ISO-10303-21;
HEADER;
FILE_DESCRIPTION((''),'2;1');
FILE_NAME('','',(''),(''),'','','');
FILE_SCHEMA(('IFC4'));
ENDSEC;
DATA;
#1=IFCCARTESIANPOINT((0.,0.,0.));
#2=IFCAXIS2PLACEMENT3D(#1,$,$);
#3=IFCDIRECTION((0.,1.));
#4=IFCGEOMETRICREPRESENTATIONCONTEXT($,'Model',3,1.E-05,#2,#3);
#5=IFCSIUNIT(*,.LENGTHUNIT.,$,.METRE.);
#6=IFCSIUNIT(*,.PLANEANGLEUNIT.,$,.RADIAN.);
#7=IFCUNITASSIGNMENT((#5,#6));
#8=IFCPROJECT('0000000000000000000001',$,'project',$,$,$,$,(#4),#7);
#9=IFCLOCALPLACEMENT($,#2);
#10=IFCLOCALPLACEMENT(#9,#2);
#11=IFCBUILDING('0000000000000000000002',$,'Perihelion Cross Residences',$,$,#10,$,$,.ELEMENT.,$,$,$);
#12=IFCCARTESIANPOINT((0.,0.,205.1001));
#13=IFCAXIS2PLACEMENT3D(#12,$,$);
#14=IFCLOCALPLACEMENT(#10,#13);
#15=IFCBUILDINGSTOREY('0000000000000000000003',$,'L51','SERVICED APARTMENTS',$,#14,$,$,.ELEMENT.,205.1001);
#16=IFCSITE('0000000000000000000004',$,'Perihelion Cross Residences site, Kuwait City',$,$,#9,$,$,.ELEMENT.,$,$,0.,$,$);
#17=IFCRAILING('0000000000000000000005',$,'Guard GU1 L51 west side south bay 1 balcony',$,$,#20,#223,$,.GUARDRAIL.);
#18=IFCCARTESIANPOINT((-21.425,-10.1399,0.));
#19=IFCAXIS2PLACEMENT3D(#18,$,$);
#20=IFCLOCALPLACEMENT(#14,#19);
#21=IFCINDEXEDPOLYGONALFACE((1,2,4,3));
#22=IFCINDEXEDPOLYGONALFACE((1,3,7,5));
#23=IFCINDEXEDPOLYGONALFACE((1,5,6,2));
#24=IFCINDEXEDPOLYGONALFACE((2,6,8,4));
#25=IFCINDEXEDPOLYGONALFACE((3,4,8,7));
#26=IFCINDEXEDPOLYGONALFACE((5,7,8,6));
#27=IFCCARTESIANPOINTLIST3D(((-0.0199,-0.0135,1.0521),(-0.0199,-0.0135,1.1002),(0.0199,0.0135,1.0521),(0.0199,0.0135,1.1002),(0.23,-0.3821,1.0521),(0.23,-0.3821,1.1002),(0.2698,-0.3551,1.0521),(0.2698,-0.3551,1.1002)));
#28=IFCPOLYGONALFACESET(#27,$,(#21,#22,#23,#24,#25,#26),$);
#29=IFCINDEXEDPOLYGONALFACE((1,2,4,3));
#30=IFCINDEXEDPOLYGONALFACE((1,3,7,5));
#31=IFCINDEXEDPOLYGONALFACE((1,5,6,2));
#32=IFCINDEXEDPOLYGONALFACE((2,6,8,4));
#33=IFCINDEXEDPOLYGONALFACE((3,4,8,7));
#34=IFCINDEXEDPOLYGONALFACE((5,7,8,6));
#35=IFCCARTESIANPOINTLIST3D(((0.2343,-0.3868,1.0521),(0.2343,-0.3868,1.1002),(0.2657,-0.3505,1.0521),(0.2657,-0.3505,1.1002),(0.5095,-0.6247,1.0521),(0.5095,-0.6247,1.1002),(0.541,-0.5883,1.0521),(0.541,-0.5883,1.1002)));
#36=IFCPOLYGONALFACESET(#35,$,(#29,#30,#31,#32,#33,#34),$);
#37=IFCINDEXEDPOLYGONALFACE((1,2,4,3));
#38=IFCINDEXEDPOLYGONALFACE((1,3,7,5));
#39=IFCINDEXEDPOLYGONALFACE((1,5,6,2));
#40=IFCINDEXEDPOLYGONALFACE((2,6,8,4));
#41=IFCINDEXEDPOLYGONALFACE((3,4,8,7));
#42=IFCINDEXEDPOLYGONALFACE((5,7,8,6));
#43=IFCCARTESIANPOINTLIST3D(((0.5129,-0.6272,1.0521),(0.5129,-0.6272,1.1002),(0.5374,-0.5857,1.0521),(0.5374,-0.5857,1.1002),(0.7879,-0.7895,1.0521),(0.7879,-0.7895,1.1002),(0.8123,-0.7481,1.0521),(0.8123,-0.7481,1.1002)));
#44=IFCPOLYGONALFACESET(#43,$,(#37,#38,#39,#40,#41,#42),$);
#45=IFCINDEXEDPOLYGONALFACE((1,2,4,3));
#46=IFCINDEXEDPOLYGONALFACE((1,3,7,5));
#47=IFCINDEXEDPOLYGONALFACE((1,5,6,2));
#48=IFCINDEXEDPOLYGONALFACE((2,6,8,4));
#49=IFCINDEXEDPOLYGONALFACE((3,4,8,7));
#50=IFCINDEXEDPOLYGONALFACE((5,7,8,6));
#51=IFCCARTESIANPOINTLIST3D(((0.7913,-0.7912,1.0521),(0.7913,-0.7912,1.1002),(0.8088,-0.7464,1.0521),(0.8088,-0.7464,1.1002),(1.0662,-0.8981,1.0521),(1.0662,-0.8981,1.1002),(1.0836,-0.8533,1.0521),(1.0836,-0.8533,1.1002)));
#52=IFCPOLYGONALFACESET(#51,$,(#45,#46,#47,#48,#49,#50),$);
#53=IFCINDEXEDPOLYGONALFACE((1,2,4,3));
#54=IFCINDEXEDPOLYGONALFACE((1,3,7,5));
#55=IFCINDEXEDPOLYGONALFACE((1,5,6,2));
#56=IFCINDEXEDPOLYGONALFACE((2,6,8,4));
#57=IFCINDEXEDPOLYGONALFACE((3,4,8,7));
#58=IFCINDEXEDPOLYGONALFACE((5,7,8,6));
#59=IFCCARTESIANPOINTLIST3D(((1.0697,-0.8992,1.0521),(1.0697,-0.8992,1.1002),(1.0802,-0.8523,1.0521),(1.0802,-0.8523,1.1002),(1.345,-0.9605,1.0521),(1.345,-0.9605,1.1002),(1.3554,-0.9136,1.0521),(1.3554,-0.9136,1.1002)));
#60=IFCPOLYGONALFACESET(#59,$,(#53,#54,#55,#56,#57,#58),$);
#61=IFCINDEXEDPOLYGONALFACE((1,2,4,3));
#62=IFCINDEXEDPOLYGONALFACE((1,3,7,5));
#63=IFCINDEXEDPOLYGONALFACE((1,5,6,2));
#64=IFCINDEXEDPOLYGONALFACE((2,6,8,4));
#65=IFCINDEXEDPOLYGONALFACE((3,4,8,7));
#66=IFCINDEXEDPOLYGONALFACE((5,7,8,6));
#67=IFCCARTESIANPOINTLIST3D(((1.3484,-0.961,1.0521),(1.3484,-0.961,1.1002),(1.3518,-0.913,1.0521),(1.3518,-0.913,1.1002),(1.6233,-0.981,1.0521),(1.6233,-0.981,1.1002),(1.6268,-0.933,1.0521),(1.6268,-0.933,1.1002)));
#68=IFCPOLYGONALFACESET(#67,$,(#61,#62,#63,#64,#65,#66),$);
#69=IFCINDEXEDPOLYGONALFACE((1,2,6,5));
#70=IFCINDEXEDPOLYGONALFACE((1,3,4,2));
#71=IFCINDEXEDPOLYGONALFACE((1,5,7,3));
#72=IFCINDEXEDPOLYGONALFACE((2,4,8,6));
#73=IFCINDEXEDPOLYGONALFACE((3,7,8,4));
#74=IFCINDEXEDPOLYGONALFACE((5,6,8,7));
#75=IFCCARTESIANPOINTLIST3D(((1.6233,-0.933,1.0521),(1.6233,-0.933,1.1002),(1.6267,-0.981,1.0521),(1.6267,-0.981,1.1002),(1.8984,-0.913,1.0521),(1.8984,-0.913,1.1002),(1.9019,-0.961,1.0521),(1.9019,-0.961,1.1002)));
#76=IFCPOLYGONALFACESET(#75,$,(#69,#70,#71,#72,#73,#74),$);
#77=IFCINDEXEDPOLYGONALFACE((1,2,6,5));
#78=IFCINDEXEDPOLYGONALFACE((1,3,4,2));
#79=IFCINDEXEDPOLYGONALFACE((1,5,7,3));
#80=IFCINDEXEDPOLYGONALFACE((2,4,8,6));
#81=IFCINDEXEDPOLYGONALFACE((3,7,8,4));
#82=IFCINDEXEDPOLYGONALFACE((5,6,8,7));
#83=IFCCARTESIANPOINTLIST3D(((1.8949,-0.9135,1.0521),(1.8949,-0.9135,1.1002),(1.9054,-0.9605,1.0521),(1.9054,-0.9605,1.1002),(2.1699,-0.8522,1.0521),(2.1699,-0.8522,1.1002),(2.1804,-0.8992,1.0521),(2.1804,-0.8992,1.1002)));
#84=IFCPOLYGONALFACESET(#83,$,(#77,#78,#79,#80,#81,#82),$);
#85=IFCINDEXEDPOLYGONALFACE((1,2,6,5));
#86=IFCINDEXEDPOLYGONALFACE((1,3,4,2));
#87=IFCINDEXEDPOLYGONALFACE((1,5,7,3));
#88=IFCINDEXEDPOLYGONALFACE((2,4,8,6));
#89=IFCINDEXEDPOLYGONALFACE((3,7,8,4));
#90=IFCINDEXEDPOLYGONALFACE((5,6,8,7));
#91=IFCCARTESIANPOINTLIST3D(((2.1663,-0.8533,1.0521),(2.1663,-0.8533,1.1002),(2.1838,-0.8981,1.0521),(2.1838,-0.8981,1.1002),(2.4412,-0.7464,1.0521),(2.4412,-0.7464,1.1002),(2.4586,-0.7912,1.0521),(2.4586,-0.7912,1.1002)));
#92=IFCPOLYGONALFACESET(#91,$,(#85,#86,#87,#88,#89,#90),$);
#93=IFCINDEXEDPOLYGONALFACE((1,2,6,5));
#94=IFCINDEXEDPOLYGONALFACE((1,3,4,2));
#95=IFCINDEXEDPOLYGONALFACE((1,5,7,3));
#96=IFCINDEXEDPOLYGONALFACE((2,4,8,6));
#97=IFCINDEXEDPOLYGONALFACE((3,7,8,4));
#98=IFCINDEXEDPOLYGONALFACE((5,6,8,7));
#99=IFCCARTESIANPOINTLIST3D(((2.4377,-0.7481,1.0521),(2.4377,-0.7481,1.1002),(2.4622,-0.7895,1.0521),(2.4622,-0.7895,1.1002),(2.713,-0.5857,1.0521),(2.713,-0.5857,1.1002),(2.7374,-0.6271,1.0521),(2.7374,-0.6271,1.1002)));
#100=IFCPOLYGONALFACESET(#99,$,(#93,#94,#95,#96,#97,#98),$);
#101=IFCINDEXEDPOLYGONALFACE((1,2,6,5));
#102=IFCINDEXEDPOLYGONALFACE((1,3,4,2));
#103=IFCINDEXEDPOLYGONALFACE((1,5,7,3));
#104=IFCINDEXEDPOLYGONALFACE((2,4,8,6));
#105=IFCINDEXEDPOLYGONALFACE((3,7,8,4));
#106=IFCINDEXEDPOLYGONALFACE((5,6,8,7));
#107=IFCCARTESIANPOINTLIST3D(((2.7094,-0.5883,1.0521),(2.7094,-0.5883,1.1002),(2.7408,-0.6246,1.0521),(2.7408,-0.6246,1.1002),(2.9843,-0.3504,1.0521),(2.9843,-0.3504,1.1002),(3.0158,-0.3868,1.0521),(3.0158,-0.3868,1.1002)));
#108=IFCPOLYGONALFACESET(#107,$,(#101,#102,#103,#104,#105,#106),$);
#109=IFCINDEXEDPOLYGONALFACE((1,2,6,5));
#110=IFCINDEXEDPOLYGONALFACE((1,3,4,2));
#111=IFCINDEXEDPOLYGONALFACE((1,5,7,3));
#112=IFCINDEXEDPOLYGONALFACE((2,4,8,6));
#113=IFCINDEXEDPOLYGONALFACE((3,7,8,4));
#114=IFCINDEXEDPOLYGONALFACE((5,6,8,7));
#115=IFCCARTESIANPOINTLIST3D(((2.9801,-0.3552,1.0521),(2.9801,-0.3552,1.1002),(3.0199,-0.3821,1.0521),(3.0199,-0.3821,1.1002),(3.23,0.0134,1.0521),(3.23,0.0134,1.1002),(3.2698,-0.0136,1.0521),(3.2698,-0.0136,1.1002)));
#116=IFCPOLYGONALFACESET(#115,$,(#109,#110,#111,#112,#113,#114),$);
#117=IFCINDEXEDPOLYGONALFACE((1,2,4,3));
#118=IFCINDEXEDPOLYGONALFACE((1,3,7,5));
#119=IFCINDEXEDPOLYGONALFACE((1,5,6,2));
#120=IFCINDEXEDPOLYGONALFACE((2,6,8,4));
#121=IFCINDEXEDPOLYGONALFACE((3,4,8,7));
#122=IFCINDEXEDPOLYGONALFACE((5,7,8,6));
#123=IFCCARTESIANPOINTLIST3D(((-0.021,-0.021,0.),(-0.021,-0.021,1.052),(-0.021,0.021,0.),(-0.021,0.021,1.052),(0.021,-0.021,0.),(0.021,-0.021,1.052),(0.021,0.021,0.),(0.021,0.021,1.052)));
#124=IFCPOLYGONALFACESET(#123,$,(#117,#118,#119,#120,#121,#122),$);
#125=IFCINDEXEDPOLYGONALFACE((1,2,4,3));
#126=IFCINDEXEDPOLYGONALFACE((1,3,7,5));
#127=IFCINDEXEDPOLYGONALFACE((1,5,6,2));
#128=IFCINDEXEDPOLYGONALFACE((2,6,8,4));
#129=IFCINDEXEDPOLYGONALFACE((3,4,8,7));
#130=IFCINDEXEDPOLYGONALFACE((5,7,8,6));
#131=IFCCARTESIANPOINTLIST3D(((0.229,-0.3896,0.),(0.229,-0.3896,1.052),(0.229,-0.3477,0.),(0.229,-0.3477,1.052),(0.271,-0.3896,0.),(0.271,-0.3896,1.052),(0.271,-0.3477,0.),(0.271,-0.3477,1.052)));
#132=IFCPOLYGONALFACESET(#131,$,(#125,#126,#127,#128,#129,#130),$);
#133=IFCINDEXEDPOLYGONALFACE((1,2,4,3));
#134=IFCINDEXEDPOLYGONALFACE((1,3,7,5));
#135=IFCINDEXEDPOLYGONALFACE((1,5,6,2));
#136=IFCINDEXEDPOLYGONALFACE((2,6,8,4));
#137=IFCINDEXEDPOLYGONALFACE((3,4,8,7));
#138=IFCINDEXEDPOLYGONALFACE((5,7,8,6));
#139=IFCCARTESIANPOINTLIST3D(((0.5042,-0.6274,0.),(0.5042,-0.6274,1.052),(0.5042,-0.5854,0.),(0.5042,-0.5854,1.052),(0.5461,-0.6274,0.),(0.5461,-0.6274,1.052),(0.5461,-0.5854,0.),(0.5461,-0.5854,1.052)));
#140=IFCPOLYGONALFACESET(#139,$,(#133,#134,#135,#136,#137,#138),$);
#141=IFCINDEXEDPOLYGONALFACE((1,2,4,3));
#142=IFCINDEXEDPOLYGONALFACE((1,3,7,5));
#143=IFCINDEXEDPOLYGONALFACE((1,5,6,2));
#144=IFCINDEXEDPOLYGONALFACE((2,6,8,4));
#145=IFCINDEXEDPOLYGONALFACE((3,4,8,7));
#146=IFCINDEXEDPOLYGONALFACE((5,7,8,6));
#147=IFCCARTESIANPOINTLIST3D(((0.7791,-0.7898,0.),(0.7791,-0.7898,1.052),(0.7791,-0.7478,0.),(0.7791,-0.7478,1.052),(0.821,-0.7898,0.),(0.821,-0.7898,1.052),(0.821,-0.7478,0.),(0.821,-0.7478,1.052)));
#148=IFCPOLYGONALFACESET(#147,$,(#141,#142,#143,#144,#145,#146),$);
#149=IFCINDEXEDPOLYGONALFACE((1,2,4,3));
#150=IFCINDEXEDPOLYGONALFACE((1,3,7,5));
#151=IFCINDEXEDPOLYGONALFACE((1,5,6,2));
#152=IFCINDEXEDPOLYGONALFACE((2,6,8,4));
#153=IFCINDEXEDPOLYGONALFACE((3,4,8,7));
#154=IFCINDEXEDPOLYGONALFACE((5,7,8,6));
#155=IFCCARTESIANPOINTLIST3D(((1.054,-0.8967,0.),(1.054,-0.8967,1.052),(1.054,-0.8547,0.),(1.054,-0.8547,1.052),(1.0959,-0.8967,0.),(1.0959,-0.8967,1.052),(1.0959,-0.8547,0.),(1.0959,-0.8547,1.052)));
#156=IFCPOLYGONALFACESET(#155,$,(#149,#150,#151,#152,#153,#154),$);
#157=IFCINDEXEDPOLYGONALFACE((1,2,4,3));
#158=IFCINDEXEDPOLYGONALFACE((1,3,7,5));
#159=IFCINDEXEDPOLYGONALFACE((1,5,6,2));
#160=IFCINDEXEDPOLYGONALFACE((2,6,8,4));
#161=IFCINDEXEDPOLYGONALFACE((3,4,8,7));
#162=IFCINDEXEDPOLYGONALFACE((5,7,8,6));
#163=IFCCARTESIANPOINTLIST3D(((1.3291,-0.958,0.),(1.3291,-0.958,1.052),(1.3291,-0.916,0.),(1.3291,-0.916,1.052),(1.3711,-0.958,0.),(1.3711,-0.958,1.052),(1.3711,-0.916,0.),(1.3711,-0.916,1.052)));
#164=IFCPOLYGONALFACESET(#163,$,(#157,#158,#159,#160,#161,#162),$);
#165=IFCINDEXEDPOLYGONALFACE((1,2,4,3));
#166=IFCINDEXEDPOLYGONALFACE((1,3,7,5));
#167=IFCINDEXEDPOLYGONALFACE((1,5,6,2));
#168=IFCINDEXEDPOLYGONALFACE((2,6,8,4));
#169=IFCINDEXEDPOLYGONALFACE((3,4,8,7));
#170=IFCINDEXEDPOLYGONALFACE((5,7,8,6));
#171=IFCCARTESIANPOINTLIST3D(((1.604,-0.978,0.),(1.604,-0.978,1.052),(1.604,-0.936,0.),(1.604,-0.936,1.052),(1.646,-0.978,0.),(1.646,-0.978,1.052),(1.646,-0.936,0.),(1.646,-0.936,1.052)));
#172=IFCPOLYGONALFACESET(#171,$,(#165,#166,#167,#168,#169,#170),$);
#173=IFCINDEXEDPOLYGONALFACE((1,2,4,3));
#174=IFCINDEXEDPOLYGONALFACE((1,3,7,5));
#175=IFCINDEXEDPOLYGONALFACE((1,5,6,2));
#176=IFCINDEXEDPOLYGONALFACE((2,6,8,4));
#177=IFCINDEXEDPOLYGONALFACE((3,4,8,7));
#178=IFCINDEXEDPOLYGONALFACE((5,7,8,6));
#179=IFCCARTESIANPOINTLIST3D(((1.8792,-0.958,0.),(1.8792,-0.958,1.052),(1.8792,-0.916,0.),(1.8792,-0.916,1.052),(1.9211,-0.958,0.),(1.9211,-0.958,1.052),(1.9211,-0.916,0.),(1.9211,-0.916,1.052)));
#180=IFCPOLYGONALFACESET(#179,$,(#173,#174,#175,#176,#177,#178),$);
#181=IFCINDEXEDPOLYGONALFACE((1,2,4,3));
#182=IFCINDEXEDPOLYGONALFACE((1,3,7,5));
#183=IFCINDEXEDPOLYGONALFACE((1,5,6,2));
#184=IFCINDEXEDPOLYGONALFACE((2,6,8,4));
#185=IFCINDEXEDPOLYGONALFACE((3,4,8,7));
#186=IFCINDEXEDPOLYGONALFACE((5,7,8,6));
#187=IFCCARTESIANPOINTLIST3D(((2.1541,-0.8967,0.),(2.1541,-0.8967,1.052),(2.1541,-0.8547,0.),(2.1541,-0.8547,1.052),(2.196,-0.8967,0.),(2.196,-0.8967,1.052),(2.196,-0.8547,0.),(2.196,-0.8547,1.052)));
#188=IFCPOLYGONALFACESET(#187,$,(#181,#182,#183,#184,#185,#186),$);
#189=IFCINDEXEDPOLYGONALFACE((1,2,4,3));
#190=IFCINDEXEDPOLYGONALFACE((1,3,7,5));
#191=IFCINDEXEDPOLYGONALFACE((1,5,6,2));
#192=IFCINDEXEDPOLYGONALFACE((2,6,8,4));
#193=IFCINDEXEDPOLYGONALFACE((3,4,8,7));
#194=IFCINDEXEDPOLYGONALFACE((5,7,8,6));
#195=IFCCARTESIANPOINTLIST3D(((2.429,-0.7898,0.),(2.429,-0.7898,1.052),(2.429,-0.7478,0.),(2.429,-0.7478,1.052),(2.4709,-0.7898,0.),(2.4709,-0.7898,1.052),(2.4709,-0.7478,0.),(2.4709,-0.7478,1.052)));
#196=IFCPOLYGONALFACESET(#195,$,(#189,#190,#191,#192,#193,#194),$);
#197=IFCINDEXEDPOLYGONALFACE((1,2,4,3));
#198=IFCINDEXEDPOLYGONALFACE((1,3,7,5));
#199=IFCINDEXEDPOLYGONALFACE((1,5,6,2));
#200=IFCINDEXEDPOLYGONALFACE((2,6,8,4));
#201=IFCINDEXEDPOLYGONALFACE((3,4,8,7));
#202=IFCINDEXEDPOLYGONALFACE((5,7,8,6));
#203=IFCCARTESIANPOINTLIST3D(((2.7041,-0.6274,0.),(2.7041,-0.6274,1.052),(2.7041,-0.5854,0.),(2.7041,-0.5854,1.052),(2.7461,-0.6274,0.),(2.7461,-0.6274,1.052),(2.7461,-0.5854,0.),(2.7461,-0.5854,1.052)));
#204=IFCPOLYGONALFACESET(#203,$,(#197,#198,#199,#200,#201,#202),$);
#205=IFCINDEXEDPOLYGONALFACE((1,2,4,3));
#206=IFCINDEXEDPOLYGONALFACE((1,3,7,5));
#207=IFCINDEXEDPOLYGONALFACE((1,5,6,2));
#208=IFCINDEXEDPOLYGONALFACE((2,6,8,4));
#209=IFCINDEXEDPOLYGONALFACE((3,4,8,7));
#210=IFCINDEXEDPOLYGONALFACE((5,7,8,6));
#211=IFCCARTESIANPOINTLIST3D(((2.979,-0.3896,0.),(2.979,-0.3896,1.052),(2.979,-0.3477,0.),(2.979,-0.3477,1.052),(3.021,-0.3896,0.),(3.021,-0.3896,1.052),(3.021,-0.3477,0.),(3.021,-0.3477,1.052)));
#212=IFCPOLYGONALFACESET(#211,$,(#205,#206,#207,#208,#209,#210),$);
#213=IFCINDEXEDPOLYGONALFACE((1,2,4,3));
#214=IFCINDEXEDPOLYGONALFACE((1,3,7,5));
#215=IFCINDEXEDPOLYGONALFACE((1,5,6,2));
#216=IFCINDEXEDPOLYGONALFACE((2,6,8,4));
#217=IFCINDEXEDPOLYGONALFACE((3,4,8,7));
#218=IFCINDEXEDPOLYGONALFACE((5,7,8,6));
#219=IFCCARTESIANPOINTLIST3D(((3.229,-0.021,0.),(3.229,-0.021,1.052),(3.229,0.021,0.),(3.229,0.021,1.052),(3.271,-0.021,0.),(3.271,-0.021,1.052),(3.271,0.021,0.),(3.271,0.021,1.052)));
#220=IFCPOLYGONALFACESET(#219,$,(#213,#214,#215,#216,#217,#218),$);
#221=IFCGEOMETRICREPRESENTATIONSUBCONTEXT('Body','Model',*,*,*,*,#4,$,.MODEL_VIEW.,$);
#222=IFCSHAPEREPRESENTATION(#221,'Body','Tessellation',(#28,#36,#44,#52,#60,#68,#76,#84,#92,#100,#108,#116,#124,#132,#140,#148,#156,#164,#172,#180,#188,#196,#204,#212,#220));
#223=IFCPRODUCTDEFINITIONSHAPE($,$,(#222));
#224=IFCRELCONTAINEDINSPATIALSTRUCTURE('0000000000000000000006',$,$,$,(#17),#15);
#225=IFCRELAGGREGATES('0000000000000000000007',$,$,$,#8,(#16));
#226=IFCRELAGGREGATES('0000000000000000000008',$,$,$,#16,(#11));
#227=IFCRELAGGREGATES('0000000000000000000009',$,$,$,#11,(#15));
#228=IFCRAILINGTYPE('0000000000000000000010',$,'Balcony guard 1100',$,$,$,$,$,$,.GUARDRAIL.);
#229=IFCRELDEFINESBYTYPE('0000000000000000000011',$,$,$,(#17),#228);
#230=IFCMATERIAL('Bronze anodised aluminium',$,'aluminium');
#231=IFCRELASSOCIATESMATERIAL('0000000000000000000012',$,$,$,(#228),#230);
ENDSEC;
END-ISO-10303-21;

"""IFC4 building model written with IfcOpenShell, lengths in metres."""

from ifc_helpers import new_model, si_unit, direction, frame, origin, origin_2d, place, context, subcontext, project, spatial, rectangle, extrude, material, type_object, element, save


model = new_model("IFC4")

# Units and contexts
model_context = context("Model", 3, precision=1e-05, world=origin(), true_north=direction((0.0, 1.0)))
body_context = subcontext(model_context, "Body", "Model", "MODEL_VIEW")
ifc_project = project(units=[si_unit("LENGTHUNIT", "METRE"), si_unit("PLANEANGLEUNIT", "RADIAN")], contexts=[model_context])

# Site, building, storey
site_placement = place(None, origin())
site = spatial("IfcSite", under=ifc_project, at=site_placement, Name="Perihelion Cross Residences site, Kuwait City", CompositionType="ELEMENT", RefElevation=0.0)
building_placement = place(site_placement, origin())
building = spatial("IfcBuilding", under=site, at=building_placement, Name="Perihelion Cross Residences", CompositionType="ELEMENT")
storey_placement = place(building_placement, frame((0.0, 0.0, 205.1001)))
storey = spatial("IfcBuildingStorey", under=building, at=storey_placement, Name="L51", Description="SERVICED APARTMENTS", CompositionType="ELEMENT", Elevation=205.1001)

# Railing
ifc_material_1 = material(Name="Bronze anodised aluminium", Category="aluminium")
railing_type_1 = type_object("IfcRailingType", Name="Balcony guard 1100", PredefinedType="GUARDRAIL", material=ifc_material_1)
railing_1_placement = place(storey_placement, frame((-21.425, -10.1399, 0.0)))
element("IfcRailing", 1, at=railing_1_placement, inside=storey, type_object=railing_type_1, Name="Guard GU1 L51 west side south bay 1 balcony", PredefinedType="GUARDRAIL", context=body_context, shape_type="SweptSolid", body=[
    extrude(rectangle(XDim=0.0481, YDim=0.0481, at=origin_2d()), frame((0.0, 0.0, 1.0762), z_axis=(0.56126, -0.827639, 0.0), x_axis=(0.827639, 0.56126, 0.0)), (0.0, 0.0, 1.0), 0.4453),
    extrude(rectangle(XDim=0.0481, YDim=0.0481, at=origin_2d()), frame((0.25, -0.3687, 1.0762), z_axis=(0.756597, -0.653882, 0.0), x_axis=(0.653882, 0.756597, 0.0)), (0.0, 0.0, 1.0), 0.3638),
    extrude(rectangle(XDim=0.0481, YDim=0.0481, at=origin_2d()), frame((0.5251, -0.6064, 1.0762), z_axis=(0.861048, -0.508523, 0.0), x_axis=(0.508523, 0.861048, 0.0)), (0.0, 0.0, 1.0), 0.3193),
    extrude(rectangle(XDim=0.0481, YDim=0.0481, at=origin_2d()), frame((0.8, -0.7688, 1.0762), z_axis=(0.931974, -0.362526, 0.0), x_axis=(0.362526, 0.931974, 0.0)), (0.0, 0.0, 1.0), 0.2949),
    extrude(rectangle(XDim=0.0481, YDim=0.0481, at=origin_2d()), frame((1.075, -0.8757, 1.0762), z_axis=(0.976085, -0.217389, 0.0), x_axis=(0.217389, 0.976085, 0.0)), (0.0, 0.0, 1.0), 0.282),
    extrude(rectangle(XDim=0.0481, YDim=0.0481, at=origin_2d()), frame((1.3501, -0.937, 1.0762), z_axis=(0.997359, -0.072632, 0.0), x_axis=(0.072632, 0.997359, 0.0)), (0.0, 0.0, 1.0), 0.2756),
    extrude(rectangle(XDim=0.0481, YDim=0.0481, at=origin_2d()), frame((1.625, -0.957, 1.0762), z_axis=(0.997363, 0.072568, 0.0), x_axis=(-0.072568, 0.997363, 0.0)), (0.0, 0.0, 1.0), 0.2759),
    extrude(rectangle(XDim=0.0481, YDim=0.0481, at=origin_2d()), frame((1.9001, -0.937, 1.0762), z_axis=(0.976044, 0.217573, 0.0), x_axis=(-0.217573, 0.976044, 0.0)), (0.0, 0.0, 1.0), 0.2817),
    extrude(rectangle(XDim=0.0481, YDim=0.0481, at=origin_2d()), frame((2.175, -0.8757, 1.0762), z_axis=(0.931974, 0.362526, 0.0), x_axis=(-0.362526, 0.931974, 0.0)), (0.0, 0.0, 1.0), 0.2949),
    extrude(rectangle(XDim=0.0481, YDim=0.0481, at=origin_2d()), frame((2.45, -0.7688, 1.0762), z_axis=(0.861246, 0.508189, 0.0), x_axis=(-0.508189, 0.861246, 0.0)), (0.0, 0.0, 1.0), 0.3196),
    extrude(rectangle(XDim=0.0481, YDim=0.0481, at=origin_2d()), frame((2.7251, -0.6064, 1.0762), z_axis=(0.756309, 0.654214, 0.0), x_axis=(-0.654214, 0.756309, 0.0)), (0.0, 0.0, 1.0), 0.3635),
    extrude(rectangle(XDim=0.0481, YDim=0.0481, at=origin_2d()), frame((3.0, -0.3687, 1.0762), z_axis=(0.56126, 0.827639, 0.0), x_axis=(-0.827639, 0.56126, 0.0)), (0.0, 0.0, 1.0), 0.4453),
    extrude(rectangle(XDim=0.042, YDim=0.042, at=origin_2d()), origin(), (0.0, 0.0, 1.0), 1.052),
    extrude(rectangle(XDim=0.042, YDim=0.042, at=origin_2d()), frame((0.25, -0.3687, 0.0)), (0.0, 0.0, 1.0), 1.052),
    extrude(rectangle(XDim=0.042, YDim=0.042, at=origin_2d()), frame((0.5251, -0.6064, 0.0)), (0.0, 0.0, 1.0), 1.052),
    extrude(rectangle(XDim=0.042, YDim=0.042, at=origin_2d()), frame((0.8, -0.7688, 0.0)), (0.0, 0.0, 1.0), 1.052),
    extrude(rectangle(XDim=0.042, YDim=0.042, at=origin_2d()), frame((1.075, -0.8757, 0.0)), (0.0, 0.0, 1.0), 1.052),
    extrude(rectangle(XDim=0.042, YDim=0.042, at=origin_2d()), frame((1.3501, -0.937, 0.0)), (0.0, 0.0, 1.0), 1.052),
    extrude(rectangle(XDim=0.042, YDim=0.042, at=origin_2d()), frame((1.625, -0.957, 0.0)), (0.0, 0.0, 1.0), 1.052),
    extrude(rectangle(XDim=0.042, YDim=0.042, at=origin_2d()), frame((1.9001, -0.937, 0.0)), (0.0, 0.0, 1.0), 1.052),
    extrude(rectangle(XDim=0.042, YDim=0.042, at=origin_2d()), frame((2.175, -0.8757, 0.0)), (0.0, 0.0, 1.0), 1.052),
    extrude(rectangle(XDim=0.042, YDim=0.042, at=origin_2d()), frame((2.45, -0.7688, 0.0)), (0.0, 0.0, 1.0), 1.052),
    extrude(rectangle(XDim=0.042, YDim=0.042, at=origin_2d()), frame((2.7251, -0.6064, 0.0)), (0.0, 0.0, 1.0), 1.052),
    extrude(rectangle(XDim=0.042, YDim=0.042, at=origin_2d()), frame((3.0, -0.3687, 0.0)), (0.0, 0.0, 1.0), 1.052),
    extrude(rectangle(XDim=0.042, YDim=0.042, at=origin_2d()), frame((3.25, 0.0, 0.0)), (0.0, 0.0, 1.0), 1.052),
])

save(model, "model.ifc")
